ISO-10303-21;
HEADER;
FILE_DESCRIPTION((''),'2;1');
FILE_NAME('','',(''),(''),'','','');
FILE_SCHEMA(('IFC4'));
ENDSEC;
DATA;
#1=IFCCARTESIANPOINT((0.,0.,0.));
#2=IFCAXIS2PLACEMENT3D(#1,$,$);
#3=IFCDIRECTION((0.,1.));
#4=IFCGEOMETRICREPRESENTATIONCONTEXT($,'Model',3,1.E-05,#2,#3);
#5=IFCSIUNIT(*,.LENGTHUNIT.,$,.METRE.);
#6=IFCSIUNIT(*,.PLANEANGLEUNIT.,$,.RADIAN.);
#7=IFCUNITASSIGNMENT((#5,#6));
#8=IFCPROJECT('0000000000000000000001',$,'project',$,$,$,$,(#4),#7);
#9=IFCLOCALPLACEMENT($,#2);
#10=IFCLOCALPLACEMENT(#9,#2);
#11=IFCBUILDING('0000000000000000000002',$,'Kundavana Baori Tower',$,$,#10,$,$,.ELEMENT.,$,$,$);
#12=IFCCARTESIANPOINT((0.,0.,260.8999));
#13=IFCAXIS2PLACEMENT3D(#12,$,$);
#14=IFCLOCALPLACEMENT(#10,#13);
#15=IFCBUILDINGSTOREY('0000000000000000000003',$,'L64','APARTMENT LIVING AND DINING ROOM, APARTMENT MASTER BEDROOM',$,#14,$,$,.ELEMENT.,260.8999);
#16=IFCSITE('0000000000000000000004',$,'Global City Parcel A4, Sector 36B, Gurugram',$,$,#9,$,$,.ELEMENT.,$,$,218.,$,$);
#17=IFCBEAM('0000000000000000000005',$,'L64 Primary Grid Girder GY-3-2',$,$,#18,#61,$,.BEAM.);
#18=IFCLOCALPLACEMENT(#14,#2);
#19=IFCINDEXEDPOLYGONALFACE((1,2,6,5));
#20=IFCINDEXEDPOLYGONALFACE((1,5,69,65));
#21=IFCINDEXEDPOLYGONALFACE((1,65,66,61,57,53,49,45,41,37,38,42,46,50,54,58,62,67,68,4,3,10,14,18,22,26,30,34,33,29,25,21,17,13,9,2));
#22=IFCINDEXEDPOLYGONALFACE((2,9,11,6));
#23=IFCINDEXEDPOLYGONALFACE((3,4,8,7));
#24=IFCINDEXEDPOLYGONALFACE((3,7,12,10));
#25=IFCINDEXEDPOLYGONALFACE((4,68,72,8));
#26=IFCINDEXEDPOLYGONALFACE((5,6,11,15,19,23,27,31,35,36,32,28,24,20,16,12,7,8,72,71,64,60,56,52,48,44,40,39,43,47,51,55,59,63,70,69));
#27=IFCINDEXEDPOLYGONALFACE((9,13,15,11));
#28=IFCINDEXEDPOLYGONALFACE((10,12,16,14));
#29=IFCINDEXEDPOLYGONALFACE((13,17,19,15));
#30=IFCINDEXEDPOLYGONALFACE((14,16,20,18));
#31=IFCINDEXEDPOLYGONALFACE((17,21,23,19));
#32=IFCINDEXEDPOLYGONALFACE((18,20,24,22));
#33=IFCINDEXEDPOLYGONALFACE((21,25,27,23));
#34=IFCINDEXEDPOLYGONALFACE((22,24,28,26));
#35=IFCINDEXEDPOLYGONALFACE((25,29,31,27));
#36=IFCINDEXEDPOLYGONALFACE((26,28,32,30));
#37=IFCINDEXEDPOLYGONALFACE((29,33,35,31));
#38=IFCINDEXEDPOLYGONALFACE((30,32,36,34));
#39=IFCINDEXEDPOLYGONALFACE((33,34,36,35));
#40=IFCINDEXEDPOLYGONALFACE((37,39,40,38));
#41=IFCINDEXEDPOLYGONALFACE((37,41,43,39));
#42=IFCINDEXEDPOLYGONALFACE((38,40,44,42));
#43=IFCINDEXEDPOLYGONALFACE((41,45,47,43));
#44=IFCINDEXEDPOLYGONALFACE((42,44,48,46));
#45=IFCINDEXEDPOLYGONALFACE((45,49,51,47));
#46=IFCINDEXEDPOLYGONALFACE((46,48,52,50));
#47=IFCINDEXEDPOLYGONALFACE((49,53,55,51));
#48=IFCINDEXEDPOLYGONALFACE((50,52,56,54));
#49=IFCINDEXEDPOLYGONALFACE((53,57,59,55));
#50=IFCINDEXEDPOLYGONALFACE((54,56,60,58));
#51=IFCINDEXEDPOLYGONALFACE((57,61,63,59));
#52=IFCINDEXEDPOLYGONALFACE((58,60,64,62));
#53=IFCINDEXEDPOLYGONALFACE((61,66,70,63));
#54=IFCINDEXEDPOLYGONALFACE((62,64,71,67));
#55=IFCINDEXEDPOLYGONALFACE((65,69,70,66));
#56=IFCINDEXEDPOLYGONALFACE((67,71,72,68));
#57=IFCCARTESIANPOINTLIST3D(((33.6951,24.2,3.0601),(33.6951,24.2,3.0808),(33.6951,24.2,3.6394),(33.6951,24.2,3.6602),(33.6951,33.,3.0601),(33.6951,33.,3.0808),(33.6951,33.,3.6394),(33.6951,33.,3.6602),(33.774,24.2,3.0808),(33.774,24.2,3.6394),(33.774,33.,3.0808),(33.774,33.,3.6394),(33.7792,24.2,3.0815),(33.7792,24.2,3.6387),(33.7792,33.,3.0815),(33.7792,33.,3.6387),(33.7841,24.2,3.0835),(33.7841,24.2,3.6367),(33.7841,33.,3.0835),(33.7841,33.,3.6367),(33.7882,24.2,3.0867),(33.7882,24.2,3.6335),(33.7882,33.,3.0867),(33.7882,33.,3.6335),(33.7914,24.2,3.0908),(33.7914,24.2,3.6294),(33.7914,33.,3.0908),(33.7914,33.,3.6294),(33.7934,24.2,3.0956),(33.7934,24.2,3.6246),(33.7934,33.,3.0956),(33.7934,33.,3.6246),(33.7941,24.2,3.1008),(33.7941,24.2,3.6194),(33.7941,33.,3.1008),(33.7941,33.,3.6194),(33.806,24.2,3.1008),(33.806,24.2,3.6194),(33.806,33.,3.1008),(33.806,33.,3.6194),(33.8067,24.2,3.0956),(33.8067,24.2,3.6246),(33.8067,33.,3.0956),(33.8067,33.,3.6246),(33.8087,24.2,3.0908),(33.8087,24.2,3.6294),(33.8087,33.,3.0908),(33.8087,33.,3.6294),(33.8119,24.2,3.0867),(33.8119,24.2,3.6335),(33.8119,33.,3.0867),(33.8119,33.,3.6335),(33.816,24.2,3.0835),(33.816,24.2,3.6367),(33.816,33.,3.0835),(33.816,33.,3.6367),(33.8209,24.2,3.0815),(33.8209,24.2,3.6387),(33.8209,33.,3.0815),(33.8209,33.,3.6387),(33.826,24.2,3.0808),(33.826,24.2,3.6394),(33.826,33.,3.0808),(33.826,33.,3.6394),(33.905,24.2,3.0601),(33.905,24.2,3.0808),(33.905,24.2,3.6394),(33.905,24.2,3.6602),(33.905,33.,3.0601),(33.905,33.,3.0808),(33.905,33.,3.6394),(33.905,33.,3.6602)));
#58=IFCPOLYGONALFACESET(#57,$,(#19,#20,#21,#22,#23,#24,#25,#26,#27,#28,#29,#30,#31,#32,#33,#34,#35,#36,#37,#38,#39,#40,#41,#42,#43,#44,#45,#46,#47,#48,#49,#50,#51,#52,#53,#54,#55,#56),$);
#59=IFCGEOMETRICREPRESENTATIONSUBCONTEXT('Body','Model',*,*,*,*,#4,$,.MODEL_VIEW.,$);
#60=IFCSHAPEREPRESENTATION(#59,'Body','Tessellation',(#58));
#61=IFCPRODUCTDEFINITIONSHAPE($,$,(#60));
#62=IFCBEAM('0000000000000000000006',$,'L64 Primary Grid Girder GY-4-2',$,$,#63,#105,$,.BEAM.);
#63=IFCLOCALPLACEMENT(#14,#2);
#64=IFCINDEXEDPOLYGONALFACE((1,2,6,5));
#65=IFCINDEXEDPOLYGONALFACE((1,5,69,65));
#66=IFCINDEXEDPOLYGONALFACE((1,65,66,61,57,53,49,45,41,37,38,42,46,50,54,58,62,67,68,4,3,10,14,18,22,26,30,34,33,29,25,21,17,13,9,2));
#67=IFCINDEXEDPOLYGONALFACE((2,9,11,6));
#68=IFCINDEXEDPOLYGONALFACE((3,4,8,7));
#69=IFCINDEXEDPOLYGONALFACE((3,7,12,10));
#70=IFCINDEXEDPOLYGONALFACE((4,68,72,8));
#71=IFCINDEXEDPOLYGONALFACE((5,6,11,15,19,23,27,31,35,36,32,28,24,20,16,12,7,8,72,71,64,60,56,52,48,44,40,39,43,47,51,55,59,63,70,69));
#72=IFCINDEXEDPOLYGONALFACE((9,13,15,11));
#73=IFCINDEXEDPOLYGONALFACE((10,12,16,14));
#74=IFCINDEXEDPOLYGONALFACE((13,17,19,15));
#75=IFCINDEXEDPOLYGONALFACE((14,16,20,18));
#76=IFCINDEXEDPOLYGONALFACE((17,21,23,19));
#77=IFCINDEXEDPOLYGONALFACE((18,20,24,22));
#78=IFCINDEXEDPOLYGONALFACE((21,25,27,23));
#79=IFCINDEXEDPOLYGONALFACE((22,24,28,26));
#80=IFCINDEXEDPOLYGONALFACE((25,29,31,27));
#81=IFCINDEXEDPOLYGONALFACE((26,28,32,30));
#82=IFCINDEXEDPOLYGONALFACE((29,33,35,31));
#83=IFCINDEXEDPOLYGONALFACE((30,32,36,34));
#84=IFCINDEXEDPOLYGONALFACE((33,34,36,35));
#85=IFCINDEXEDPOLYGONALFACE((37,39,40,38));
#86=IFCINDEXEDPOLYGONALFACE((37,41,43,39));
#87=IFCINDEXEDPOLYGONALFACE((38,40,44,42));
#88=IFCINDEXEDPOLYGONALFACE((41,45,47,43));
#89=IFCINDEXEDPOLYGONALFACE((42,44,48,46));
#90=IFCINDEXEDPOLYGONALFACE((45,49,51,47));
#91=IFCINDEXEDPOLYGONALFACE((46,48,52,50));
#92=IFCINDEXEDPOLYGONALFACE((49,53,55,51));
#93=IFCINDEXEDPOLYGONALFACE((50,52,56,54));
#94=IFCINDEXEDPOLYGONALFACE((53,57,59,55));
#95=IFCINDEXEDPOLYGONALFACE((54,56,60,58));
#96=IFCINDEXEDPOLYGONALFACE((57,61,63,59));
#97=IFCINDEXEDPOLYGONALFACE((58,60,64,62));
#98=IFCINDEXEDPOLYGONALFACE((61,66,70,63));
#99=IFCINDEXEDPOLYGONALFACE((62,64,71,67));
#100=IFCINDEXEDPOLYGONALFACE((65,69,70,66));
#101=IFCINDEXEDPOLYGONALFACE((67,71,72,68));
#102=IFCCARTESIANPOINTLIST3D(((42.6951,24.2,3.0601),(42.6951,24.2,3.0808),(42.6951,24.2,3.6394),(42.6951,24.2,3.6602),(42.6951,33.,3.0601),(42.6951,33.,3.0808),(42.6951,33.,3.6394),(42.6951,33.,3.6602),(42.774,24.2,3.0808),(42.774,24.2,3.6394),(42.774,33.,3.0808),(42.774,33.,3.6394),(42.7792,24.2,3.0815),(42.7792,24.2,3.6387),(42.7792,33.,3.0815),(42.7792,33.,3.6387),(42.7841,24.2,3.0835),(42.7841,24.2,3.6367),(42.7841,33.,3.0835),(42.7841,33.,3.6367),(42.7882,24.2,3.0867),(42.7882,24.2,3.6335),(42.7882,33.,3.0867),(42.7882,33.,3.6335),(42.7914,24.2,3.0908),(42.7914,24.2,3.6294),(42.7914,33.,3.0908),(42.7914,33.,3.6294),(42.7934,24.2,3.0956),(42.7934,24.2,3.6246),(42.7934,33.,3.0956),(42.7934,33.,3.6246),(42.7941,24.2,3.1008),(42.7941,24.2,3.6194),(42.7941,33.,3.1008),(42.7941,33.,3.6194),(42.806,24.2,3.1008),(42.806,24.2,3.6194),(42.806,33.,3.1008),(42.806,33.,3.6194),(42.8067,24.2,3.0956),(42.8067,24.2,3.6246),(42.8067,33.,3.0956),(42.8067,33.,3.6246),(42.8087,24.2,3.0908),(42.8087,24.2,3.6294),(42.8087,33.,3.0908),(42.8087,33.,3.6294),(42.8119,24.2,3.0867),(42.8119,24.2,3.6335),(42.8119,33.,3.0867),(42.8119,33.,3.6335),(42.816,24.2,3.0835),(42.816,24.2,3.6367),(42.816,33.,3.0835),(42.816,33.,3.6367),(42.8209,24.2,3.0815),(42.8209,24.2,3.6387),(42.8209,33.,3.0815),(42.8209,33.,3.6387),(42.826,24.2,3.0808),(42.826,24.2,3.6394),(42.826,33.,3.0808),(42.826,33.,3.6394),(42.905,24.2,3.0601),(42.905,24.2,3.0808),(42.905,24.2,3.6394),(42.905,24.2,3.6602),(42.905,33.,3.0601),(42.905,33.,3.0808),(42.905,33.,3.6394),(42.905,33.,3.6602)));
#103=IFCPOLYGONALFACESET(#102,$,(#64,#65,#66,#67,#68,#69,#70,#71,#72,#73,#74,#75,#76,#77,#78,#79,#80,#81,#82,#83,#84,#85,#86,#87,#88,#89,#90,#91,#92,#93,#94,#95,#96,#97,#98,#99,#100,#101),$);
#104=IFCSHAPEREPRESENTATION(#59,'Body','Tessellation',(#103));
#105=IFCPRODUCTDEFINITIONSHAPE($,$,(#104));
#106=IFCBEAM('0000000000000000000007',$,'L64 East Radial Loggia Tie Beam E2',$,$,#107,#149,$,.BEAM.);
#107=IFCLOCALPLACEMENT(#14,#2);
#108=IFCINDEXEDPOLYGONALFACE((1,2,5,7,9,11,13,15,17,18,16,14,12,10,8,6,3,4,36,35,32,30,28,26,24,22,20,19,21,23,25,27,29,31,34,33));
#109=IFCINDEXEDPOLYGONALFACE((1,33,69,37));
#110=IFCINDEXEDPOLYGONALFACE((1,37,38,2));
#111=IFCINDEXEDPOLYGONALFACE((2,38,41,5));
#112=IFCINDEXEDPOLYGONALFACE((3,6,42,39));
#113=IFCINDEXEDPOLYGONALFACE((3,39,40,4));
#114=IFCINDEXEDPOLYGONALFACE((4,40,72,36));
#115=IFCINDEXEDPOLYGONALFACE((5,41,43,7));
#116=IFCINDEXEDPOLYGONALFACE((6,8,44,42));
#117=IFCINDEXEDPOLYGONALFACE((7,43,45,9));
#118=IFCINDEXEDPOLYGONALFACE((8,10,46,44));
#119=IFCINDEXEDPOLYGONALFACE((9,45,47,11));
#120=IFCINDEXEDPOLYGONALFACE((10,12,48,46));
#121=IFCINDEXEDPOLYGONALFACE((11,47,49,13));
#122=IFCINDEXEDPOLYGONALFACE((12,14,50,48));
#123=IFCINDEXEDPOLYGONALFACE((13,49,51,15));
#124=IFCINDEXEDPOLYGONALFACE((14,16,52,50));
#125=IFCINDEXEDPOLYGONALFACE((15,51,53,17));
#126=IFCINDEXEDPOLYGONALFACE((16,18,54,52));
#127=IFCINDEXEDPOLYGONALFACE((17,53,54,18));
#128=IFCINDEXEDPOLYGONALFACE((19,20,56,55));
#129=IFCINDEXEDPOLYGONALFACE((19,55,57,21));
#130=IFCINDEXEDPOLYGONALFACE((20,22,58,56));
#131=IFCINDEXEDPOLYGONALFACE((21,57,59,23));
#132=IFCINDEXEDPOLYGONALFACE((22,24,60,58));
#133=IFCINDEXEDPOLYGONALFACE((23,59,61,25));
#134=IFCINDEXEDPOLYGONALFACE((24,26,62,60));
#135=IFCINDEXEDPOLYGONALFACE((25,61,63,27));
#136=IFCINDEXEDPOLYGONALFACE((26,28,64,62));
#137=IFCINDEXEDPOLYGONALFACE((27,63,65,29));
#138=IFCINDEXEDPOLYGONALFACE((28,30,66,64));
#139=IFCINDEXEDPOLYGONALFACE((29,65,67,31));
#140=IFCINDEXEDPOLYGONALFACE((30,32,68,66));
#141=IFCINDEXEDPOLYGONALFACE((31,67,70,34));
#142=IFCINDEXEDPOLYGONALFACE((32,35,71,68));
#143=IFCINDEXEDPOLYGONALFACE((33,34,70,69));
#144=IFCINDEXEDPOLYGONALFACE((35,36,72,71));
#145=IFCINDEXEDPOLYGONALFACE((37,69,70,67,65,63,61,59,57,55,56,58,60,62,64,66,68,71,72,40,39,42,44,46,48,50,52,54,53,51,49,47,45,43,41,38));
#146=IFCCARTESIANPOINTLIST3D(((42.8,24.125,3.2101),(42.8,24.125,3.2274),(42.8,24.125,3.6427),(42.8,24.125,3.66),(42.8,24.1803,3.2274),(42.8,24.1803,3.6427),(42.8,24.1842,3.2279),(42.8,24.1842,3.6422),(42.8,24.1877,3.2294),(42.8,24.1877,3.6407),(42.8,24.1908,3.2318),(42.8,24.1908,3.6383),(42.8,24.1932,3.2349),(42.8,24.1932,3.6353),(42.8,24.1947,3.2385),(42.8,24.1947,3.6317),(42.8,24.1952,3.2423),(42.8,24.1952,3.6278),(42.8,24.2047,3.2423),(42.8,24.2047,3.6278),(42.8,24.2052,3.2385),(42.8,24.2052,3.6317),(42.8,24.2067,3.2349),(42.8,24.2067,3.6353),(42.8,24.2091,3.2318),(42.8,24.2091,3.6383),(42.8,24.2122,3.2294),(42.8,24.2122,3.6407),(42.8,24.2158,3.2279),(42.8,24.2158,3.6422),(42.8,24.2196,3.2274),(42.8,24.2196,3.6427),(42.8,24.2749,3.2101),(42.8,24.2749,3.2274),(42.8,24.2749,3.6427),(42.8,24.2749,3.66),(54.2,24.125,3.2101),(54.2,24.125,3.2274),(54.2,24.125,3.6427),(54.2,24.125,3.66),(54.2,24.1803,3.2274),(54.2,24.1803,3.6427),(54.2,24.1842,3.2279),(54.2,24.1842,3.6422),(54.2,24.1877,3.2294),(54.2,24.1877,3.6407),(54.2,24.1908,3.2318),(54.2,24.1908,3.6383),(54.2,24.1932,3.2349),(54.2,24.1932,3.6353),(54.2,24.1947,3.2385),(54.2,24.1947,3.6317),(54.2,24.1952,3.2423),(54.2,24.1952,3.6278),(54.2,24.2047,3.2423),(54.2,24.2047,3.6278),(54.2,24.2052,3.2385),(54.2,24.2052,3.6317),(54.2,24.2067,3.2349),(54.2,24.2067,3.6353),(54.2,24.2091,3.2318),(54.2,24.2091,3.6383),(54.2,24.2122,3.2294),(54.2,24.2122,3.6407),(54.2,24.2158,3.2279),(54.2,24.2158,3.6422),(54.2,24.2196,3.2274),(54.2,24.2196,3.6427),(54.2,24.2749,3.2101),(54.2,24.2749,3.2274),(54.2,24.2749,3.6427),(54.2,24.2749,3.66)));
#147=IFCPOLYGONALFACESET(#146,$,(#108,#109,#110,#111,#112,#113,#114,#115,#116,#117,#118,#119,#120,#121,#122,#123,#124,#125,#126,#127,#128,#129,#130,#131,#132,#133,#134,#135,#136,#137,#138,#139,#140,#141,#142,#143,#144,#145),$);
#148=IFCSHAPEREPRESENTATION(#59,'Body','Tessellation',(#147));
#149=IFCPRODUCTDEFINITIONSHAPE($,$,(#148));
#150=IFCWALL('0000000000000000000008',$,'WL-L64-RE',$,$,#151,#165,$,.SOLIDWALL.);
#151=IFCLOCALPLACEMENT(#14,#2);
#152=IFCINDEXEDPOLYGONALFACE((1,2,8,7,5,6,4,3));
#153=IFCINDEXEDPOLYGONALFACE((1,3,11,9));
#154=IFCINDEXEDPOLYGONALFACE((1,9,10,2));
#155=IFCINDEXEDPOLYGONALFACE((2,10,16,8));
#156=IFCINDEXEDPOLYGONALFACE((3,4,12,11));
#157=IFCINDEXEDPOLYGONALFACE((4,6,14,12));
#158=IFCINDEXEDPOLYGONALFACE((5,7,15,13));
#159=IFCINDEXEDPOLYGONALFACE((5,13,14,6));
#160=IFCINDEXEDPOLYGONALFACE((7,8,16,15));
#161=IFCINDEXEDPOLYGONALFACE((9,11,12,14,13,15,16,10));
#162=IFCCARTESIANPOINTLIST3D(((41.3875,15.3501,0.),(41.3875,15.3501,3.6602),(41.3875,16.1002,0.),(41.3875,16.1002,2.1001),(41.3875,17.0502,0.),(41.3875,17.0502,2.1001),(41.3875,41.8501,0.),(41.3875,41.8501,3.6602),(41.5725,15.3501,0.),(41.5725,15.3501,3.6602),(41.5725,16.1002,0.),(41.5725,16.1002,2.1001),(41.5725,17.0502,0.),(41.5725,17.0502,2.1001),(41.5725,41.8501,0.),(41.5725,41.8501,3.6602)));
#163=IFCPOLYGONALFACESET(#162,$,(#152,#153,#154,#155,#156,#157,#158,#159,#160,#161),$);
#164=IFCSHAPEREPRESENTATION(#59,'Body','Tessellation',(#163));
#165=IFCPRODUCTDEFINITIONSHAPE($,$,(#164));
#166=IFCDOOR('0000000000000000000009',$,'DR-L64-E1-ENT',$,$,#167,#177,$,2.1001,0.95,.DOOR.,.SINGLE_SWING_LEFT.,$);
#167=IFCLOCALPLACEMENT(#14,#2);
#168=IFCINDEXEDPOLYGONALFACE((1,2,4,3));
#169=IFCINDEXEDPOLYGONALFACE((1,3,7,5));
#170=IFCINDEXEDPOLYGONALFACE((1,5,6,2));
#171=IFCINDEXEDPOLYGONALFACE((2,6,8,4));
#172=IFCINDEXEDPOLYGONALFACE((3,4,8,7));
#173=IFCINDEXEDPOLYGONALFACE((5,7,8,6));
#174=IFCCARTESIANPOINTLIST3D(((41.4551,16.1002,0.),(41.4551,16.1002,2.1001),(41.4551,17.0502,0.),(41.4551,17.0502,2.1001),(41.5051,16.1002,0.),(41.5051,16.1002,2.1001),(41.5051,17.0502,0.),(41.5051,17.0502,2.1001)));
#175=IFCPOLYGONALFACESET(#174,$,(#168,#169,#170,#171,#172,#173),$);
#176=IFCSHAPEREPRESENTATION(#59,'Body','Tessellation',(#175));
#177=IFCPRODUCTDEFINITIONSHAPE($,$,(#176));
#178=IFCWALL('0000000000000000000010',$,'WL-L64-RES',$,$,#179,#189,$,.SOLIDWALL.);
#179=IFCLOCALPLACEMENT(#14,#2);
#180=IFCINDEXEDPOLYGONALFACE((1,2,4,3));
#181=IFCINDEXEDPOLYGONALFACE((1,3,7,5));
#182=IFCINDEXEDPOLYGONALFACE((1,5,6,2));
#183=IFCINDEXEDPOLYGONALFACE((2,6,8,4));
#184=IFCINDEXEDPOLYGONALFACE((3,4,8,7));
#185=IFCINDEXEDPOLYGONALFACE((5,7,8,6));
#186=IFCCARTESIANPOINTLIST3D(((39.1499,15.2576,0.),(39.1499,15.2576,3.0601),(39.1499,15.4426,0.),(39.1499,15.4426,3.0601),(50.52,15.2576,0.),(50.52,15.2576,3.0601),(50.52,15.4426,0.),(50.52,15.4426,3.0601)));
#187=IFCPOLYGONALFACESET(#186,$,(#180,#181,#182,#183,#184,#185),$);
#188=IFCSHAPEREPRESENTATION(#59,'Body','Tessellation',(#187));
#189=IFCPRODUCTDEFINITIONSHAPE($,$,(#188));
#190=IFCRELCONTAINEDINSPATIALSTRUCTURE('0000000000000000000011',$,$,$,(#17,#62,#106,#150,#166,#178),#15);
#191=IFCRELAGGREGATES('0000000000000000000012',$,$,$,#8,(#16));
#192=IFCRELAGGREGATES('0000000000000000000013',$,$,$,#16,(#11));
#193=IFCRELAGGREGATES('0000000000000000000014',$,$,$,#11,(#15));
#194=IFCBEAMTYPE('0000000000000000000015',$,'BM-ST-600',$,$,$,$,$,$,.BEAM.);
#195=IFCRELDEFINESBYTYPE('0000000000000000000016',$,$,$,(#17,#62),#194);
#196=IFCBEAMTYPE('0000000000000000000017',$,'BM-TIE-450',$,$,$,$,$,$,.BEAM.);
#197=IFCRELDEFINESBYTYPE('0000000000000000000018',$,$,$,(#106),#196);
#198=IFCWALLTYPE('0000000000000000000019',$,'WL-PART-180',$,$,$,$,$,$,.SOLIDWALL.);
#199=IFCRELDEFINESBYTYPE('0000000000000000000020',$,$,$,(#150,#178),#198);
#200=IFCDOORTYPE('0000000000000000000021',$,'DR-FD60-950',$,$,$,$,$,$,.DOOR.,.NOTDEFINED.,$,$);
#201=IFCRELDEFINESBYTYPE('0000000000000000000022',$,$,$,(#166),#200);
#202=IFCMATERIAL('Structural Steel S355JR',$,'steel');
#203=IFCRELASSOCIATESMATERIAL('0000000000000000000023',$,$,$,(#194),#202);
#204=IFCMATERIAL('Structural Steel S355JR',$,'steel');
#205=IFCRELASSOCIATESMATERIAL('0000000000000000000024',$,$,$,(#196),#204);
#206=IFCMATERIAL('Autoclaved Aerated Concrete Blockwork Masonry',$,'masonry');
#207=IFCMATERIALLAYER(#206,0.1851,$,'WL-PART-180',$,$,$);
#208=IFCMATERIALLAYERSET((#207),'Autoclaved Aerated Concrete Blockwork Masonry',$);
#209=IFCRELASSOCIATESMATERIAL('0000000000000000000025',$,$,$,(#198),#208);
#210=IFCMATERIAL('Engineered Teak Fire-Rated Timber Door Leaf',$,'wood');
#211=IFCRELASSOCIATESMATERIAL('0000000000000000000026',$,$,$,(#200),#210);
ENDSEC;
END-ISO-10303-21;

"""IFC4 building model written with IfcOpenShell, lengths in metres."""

from ifc_helpers import new_model, si_unit, direction, frame, frame_2d, origin, origin_2d, place, context, subcontext, project, spatial, rectangle, i_section, extrude, material, layer, layer_set, material_profile, profile_set, type_object, element, fill, save


model = new_model("IFC4")

# Units and contexts
model_context = context("Model", 3, precision=1e-05, world=origin(), true_north=direction((0.0, 1.0)))
body_context = subcontext(model_context, "Body", "Model", "MODEL_VIEW")
ifc_project = project(units=[si_unit("LENGTHUNIT", "METRE"), si_unit("PLANEANGLEUNIT", "RADIAN")], contexts=[model_context])

# Site, building, storey
site_placement = place(None, origin())
site = spatial("IfcSite", under=ifc_project, at=site_placement, Name="Global City Parcel A4, Sector 36B, Gurugram", CompositionType="ELEMENT", RefElevation=218.0)
building_placement = place(site_placement, origin())
building = spatial("IfcBuilding", under=site, at=building_placement, Name="Kundavana Baori Tower", CompositionType="ELEMENT")
storey_placement = place(building_placement, frame((0.0, 0.0, 260.8999)))
storey = spatial("IfcBuildingStorey", under=building, at=storey_placement, Name="L64", Description="APARTMENT LIVING AND DINING ROOM, APARTMENT MASTER BEDROOM", CompositionType="ELEMENT", Elevation=260.8999)

# Beams
ifc_material_1 = material(Name="Structural Steel S355JR", Category="steel")
ifc_material_profile_1 = material_profile(ifc_material_1, i_section(OverallWidth=0.21, OverallDepth=0.6001, WebThickness=0.012, FlangeThickness=0.0208, FilletRadius=0.02, at=origin_2d()), Name="ISMB 600")
ifc_profile_set_1 = profile_set([ifc_material_profile_1], Name="Structural Steel S355JR")
beam_type_1 = type_object("IfcBeamType", Name="BM-ST-600", PredefinedType="BEAM", material=ifc_profile_set_1)
for number, where, z_axis, x_axis, name in (
    (1, (33.8, 24.2, 3.3601), (0.0, 1.0, 0.0), (-1.0, 0.0, 0.0), "L64 Primary Grid Girder GY-3-2"),
    (2, (42.8, 24.2, 3.3601), (0.0, 1.0, 0.0), (-1.0, 0.0, 0.0), "L64 Primary Grid Girder GY-4-2"),
):
    element("IfcBeam", number, at=place(storey_placement, frame(where, z_axis=z_axis, x_axis=x_axis)), inside=storey, type_object=beam_type_1, Name=name, PredefinedType="BEAM", context=body_context, shape_type="SweptSolid", body=[
        extrude(i_section(OverallWidth=0.21, OverallDepth=0.6001, WebThickness=0.012, FlangeThickness=0.0208, FilletRadius=0.02, at=origin_2d()), origin(), (0.0, 0.0, 1.0), 8.8),
    ])
ifc_material_2 = material(Name="Structural Steel S355JR", Category="steel")
ifc_material_profile_2 = material_profile(ifc_material_2, i_section(OverallWidth=0.1499, OverallDepth=0.45, WebThickness=0.0095, FlangeThickness=0.0173, FilletRadius=0.0149, at=origin_2d()), Name="ISMB 450")
ifc_profile_set_2 = profile_set([ifc_material_profile_2], Name="Structural Steel S355JR")
beam_type_2 = type_object("IfcBeamType", Name="BM-TIE-450", PredefinedType="BEAM", material=ifc_profile_set_2)
beam_1_placement = place(storey_placement, frame((42.8, 24.2, 3.4351), z_axis=(1.0, 0.0, 0.0), x_axis=(0.0, 1.0, 0.0)))
element("IfcBeam", 3, at=beam_1_placement, inside=storey, type_object=beam_type_2, Name="L64 East Radial Loggia Tie Beam E2", PredefinedType="BEAM", context=body_context, shape_type="SweptSolid", body=[
    extrude(i_section(OverallWidth=0.1499, OverallDepth=0.45, WebThickness=0.0095, FlangeThickness=0.0173, FilletRadius=0.0149, at=origin_2d()), origin(), (0.0, 0.0, 1.0), 11.3999),
])

# Wall, opening, door
ifc_material_3 = material(Name="Autoclaved Aerated Concrete Blockwork Masonry", Category="masonry")
ifc_layer = layer(ifc_material_3, 0.1851, Name="WL-PART-180")
ifc_layer_set = layer_set([ifc_layer], Name="Autoclaved Aerated Concrete Blockwork Masonry")
wall_type = type_object("IfcWallType", Name="WL-PART-180", PredefinedType="SOLIDWALL", material=ifc_layer_set)
wall_1_placement = place(storey_placement, frame((41.48, 15.3501, 0.0), z_axis=(0.0, 0.0, 1.0), x_axis=(0.0, 1.0, 0.0)))
wall_1 = element("IfcWall", 4, at=wall_1_placement, inside=storey, type_object=wall_type, Name="WL-L64-RE", PredefinedType="SOLIDWALL", context=body_context, shape_type="SweptSolid", body=[
    extrude(rectangle(XDim=26.5, YDim=0.1851, at=frame_2d((13.25, 0.0))), origin(), (0.0, 0.0, 1.0), 3.6602),
])
opening_1_placement = place(wall_1_placement, frame((0.75, 0.0, 0.0)))
opening_1 = element("IfcOpeningElement", 5, at=opening_1_placement, cuts=wall_1, PredefinedType="OPENING", context=body_context, shape_type="SweptSolid", body=[
    extrude(rectangle(XDim=0.95, YDim=2.1001, at=frame_2d((0.4751, 1.05))), frame((0.0, 0.1025, 0.0), z_axis=(0.0, -1.0, 0.0), x_axis=(1.0, 0.0, 0.0)), (0.0, 0.0, 1.0), 0.2051),
])
ifc_material_4 = material(Name="Engineered Teak Fire-Rated Timber Door Leaf", Category="wood")
door_type_1 = type_object("IfcDoorType", Name="DR-FD60-950", OperationType="NOTDEFINED", PredefinedType="DOOR", material=ifc_material_4)
door_1_placement = place(opening_1_placement, origin())
door_1 = element("IfcDoor", 6, at=door_1_placement, inside=storey, type_object=door_type_1, Name="DR-L64-E1-ENT", OperationType="SINGLE_SWING_LEFT", OverallHeight=2.1001, OverallWidth=0.95, PredefinedType="DOOR", context=body_context, shape_type="SweptSolid", body=[
    extrude(rectangle(XDim=0.95, YDim=2.1001, at=frame_2d((0.4751, 1.05))), frame((0.0, 0.0249, 0.0), z_axis=(0.0, -1.0, 0.0), x_axis=(1.0, 0.0, 0.0)), (0.0, 0.0, 1.0), 0.05),
])
fill(opening_1, door_1)

# Wall
wall_2_placement = place(storey_placement, frame((39.1499, 15.3501, 0.0), z_axis=(0.0, 0.0, 1.0), x_axis=(1.0, 0.0, 0.0)))
element("IfcWall", 7, at=wall_2_placement, inside=storey, type_object=wall_type, Name="WL-L64-RES", PredefinedType="SOLIDWALL", context=body_context, shape_type="SweptSolid", body=[
    extrude(rectangle(XDim=11.3701, YDim=0.1851, at=frame_2d((5.6851, 0.0))), origin(), (0.0, 0.0, 1.0), 3.0601),
])

save(model, "model.ifc")
